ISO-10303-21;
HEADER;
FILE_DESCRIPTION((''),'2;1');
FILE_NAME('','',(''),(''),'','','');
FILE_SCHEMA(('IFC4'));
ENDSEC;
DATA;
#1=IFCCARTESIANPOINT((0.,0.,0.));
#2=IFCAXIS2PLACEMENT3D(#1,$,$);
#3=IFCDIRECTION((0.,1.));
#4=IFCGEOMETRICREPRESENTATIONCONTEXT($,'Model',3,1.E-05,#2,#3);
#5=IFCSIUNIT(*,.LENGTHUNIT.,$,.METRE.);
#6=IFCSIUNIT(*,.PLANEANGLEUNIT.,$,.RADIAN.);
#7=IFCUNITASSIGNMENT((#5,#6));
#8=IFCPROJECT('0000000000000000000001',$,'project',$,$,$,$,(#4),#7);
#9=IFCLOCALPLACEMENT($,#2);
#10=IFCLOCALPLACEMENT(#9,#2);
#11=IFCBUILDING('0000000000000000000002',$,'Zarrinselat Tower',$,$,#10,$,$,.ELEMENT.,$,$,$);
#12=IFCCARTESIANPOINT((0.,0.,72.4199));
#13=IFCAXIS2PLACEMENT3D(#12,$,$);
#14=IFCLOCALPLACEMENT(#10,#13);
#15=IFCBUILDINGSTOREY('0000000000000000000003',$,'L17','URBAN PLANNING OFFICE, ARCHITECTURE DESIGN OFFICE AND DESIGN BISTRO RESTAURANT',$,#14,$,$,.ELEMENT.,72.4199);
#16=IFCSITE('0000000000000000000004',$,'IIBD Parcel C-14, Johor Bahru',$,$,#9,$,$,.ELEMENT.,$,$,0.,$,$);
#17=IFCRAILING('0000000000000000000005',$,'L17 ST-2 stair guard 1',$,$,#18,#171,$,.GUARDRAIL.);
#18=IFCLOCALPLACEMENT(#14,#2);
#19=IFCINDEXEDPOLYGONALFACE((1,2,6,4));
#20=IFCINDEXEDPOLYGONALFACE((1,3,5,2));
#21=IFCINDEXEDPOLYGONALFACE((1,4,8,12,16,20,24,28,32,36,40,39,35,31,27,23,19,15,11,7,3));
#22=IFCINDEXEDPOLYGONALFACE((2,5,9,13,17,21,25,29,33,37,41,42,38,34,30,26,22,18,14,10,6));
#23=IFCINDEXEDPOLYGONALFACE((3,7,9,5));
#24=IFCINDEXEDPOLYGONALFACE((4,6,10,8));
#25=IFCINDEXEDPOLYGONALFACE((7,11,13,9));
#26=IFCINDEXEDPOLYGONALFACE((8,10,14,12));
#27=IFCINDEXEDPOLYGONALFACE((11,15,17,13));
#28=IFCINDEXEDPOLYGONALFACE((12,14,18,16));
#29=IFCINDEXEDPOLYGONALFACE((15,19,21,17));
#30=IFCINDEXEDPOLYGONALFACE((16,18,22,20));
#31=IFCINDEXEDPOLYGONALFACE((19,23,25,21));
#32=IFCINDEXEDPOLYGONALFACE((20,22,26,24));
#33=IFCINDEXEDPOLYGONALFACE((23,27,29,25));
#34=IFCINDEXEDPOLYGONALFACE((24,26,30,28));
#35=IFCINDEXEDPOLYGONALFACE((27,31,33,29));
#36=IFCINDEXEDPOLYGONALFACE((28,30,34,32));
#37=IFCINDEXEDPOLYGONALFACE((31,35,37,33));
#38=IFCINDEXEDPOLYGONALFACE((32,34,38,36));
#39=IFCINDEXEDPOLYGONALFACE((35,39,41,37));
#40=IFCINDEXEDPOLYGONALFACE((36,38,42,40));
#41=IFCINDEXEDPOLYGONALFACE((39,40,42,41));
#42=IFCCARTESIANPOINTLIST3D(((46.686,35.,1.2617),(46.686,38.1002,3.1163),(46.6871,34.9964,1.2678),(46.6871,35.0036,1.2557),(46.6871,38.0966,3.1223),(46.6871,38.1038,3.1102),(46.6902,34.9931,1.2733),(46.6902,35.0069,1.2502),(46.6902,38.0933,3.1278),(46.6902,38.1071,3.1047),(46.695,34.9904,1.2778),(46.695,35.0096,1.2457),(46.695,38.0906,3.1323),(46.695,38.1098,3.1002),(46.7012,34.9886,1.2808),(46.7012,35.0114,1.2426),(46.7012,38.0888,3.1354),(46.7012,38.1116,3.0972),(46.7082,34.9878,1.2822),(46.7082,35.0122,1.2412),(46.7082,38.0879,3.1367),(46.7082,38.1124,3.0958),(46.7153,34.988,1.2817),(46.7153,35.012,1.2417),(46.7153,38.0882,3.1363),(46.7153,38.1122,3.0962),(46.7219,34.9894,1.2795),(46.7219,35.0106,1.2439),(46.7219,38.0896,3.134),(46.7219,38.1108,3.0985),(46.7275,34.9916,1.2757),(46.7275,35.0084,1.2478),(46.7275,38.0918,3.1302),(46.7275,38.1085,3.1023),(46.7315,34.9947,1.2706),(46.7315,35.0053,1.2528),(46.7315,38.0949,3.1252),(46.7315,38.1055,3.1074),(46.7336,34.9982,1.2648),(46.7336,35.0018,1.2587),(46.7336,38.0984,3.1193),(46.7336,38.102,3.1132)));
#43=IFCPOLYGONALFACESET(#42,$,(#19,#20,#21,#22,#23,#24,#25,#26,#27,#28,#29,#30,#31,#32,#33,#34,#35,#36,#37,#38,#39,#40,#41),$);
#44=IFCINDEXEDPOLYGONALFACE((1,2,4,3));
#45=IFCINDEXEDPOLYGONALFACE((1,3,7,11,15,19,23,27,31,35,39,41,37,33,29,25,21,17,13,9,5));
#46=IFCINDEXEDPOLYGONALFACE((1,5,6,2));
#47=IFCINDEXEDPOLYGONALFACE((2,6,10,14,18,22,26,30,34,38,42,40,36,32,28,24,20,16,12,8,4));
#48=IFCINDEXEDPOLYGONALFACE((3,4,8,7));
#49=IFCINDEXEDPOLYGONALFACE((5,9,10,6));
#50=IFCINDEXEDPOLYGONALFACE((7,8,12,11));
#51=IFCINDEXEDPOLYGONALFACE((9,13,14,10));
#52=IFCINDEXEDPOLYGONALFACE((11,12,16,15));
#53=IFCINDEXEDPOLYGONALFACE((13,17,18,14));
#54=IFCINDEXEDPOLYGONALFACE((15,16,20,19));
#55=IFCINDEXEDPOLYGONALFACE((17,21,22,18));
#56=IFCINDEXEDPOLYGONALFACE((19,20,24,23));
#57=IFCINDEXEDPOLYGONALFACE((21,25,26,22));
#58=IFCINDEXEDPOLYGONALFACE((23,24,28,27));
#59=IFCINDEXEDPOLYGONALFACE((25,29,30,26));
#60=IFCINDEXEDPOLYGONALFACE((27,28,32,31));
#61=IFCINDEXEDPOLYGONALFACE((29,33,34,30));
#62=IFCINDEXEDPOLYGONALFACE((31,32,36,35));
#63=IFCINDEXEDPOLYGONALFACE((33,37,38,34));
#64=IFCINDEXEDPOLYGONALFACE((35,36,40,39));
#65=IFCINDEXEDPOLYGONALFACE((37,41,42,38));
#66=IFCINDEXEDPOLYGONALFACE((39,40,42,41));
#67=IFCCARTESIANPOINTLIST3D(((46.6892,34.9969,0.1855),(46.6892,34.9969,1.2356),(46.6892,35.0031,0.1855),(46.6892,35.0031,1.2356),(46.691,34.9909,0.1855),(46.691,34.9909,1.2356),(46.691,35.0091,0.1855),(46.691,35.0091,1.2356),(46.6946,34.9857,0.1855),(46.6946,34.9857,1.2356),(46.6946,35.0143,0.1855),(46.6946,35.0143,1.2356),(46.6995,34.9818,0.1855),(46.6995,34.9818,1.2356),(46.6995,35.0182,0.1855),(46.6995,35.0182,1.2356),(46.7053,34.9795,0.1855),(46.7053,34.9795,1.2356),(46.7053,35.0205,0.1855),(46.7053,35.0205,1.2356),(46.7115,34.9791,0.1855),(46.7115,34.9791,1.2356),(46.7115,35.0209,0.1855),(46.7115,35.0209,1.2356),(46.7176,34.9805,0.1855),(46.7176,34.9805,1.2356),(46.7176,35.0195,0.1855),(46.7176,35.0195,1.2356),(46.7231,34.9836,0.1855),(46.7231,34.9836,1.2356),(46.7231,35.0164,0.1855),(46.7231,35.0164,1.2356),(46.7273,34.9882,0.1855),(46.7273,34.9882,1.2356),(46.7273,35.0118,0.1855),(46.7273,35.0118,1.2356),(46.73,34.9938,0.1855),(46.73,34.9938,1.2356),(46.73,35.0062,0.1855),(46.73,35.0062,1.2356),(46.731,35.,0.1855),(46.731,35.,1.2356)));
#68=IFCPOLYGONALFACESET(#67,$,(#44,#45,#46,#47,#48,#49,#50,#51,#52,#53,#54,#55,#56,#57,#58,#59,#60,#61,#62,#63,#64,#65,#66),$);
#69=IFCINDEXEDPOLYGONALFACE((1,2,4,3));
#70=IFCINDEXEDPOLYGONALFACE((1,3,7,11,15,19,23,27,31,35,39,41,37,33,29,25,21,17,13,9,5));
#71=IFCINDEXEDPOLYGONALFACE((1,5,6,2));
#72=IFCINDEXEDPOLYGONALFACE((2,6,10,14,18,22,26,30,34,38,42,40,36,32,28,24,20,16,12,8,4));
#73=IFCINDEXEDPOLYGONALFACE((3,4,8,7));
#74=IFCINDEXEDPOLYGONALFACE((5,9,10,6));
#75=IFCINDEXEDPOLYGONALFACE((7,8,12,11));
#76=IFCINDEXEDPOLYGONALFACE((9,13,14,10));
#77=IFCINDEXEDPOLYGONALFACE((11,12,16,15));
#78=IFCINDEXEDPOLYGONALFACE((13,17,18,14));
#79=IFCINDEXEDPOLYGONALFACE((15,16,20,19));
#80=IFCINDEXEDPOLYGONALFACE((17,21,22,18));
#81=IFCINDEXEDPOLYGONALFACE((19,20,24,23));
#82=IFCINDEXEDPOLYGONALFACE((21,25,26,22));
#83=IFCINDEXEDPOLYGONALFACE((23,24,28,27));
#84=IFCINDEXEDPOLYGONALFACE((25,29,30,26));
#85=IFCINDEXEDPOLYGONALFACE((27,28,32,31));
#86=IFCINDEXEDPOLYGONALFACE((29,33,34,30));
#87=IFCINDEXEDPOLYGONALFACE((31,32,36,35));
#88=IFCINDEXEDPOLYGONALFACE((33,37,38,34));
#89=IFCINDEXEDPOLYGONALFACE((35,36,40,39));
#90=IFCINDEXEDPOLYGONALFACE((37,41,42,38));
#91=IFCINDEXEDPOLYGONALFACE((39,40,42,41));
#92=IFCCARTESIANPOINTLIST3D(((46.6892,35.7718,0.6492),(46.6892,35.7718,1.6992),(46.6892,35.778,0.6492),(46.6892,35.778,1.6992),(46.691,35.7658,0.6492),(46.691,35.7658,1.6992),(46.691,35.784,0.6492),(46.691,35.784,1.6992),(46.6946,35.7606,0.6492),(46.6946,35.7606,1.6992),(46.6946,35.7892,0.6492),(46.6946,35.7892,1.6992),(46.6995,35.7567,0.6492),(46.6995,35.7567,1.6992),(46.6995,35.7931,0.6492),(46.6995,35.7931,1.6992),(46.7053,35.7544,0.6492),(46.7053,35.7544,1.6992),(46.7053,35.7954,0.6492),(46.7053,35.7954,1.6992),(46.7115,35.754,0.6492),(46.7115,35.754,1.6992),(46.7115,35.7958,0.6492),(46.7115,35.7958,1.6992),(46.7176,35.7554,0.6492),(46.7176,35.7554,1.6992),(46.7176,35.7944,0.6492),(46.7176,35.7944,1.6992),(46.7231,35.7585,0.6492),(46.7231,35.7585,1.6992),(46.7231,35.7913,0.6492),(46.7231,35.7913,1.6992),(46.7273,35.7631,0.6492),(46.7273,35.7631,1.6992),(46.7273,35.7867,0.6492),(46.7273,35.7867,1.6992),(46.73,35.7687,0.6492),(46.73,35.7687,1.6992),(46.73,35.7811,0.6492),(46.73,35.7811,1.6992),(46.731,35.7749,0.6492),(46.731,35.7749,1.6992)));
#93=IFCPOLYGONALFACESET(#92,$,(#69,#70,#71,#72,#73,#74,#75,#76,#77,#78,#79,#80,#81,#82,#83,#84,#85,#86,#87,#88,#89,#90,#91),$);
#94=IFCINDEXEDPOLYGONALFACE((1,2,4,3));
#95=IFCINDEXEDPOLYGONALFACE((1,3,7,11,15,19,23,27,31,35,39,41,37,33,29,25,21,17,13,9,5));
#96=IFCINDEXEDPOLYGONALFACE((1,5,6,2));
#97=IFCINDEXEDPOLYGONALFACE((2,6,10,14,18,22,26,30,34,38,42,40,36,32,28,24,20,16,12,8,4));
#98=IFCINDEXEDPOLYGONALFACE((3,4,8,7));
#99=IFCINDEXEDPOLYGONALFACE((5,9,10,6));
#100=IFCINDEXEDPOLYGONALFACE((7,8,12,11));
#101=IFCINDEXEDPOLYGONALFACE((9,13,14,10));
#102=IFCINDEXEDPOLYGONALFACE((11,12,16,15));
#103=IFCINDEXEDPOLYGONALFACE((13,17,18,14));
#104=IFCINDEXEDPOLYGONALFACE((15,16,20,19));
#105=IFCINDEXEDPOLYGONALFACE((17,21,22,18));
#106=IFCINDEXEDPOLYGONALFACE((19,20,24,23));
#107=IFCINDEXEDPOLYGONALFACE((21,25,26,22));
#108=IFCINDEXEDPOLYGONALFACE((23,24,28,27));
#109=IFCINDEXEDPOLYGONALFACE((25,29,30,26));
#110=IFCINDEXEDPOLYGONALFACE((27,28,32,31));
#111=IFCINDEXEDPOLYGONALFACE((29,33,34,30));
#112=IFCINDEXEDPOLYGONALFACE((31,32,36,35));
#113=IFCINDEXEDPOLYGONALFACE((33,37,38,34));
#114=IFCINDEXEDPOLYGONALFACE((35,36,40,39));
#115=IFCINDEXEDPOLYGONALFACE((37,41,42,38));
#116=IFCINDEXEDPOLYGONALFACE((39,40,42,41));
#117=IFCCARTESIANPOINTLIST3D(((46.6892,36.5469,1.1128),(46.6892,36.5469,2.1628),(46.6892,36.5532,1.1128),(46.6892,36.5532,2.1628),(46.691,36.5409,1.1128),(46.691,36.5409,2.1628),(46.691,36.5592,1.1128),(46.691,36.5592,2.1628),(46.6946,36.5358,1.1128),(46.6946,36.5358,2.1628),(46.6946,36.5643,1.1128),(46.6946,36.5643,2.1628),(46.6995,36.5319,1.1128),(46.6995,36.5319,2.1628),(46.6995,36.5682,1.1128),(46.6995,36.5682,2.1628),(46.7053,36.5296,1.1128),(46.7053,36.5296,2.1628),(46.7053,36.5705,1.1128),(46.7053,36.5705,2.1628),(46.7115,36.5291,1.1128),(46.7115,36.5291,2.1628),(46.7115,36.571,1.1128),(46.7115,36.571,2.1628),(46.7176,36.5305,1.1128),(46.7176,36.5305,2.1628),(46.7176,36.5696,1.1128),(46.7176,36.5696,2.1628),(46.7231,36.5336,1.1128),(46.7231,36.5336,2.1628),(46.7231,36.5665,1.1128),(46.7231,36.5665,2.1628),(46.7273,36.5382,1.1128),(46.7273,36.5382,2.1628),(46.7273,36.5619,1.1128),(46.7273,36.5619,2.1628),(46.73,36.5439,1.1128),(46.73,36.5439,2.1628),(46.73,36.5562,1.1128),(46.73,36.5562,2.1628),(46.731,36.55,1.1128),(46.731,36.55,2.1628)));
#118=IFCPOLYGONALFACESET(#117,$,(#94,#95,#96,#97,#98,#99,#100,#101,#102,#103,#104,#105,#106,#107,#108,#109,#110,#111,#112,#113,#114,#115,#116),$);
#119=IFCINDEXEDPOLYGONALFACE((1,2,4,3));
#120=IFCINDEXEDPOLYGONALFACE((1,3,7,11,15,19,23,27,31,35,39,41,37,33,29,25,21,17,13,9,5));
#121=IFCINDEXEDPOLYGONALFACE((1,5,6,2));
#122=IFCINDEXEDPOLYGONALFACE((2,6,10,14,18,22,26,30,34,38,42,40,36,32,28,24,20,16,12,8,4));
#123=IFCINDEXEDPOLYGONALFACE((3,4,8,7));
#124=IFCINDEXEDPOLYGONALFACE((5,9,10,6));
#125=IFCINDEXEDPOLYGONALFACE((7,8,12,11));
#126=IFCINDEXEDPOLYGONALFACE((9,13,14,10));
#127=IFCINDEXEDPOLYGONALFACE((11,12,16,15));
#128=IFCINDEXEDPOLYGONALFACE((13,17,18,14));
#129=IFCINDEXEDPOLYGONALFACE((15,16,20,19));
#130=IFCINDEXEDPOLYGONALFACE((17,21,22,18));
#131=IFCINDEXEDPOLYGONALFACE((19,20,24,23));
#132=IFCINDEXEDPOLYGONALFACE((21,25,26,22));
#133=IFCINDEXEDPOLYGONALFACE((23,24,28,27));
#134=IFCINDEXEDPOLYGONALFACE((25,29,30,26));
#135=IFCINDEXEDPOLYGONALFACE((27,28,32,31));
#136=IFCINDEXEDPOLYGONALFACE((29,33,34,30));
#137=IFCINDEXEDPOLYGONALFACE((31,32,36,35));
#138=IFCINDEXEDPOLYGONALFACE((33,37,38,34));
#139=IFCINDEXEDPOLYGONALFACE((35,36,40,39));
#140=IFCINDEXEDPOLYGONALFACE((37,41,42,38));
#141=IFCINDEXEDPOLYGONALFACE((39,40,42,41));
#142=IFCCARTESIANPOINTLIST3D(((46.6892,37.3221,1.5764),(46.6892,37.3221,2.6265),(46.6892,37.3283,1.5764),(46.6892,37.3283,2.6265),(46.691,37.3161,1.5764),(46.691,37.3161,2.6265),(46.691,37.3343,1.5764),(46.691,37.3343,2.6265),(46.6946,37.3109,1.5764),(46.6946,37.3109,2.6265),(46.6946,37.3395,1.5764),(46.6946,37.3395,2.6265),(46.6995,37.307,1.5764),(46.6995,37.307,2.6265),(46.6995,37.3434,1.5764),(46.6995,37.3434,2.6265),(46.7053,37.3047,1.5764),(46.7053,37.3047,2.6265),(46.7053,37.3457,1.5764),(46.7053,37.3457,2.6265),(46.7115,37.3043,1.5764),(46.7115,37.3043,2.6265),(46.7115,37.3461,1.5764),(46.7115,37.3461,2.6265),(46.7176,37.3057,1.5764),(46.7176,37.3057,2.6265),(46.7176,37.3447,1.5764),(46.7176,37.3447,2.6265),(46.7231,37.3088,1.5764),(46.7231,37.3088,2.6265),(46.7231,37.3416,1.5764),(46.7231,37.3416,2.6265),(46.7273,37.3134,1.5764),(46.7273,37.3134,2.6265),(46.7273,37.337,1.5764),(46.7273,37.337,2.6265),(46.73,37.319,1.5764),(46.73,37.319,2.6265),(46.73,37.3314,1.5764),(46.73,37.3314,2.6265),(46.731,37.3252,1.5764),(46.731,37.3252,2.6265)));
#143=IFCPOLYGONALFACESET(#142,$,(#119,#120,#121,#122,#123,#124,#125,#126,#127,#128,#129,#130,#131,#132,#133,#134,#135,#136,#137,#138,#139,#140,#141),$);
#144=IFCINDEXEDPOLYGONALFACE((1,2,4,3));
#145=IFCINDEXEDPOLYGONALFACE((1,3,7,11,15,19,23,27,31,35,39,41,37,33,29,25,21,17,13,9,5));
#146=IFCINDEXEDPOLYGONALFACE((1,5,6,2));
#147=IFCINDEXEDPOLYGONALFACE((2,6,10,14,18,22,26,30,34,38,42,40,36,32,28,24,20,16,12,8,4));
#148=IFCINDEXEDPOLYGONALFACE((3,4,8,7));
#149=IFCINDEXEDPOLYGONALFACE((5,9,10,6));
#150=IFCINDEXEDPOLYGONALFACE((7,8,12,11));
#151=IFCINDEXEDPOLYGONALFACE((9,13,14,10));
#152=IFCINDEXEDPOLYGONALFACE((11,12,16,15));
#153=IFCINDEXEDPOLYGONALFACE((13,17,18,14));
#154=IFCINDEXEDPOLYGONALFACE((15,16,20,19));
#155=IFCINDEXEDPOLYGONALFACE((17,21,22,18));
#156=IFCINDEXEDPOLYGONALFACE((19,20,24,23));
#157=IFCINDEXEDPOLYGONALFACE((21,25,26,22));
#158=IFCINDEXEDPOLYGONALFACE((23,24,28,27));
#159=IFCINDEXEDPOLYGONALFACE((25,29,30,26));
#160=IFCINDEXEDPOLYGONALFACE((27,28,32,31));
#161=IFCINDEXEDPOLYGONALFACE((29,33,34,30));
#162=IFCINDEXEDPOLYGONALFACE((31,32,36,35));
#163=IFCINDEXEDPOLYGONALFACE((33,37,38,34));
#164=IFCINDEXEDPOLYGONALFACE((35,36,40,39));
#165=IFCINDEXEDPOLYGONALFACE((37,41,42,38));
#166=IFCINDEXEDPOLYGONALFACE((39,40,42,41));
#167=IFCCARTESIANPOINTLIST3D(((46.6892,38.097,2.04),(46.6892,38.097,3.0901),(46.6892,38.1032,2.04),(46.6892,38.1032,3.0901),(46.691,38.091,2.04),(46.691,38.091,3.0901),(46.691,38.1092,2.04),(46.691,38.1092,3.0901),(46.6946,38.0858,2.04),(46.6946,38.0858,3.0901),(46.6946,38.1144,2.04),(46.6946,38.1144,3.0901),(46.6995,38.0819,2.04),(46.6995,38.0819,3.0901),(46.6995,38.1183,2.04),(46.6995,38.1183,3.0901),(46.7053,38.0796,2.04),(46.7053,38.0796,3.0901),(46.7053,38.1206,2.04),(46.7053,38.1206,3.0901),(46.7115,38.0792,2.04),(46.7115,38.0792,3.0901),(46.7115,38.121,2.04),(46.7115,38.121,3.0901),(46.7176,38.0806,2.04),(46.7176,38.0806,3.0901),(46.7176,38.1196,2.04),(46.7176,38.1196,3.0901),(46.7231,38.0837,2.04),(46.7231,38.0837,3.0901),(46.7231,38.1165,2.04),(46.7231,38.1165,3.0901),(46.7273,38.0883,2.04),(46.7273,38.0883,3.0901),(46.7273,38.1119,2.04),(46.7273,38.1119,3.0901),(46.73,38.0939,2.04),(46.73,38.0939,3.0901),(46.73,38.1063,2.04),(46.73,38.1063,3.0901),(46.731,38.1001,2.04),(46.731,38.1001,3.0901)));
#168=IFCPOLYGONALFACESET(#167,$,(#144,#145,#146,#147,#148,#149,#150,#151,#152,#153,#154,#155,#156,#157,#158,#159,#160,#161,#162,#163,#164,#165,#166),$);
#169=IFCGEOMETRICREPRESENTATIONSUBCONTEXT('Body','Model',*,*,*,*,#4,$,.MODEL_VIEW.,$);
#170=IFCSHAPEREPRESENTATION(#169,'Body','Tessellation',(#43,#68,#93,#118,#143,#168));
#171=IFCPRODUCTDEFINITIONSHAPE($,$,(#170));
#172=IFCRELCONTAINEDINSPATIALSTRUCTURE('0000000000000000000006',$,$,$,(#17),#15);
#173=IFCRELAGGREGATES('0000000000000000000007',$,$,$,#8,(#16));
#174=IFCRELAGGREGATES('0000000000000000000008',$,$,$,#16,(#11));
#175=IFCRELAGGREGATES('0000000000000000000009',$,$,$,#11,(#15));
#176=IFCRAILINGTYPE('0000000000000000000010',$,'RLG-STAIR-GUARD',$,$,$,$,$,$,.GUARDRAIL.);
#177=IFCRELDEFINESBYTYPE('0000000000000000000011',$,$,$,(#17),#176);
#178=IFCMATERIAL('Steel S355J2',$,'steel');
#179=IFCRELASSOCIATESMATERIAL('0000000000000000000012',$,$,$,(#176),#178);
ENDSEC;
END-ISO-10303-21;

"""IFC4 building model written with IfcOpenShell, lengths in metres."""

from ifc_helpers import new_model, si_unit, direction, frame, origin, origin_2d, place, context, subcontext, project, spatial, circle, extrude, material, type_object, element, save


model = new_model("IFC4")

# Units and contexts
model_context = context("Model", 3, precision=1e-05, world=origin(), true_north=direction((0.0, 1.0)))
body_context = subcontext(model_context, "Body", "Model", "MODEL_VIEW")
ifc_project = project(units=[si_unit("LENGTHUNIT", "METRE"), si_unit("PLANEANGLEUNIT", "RADIAN")], contexts=[model_context])

# Site, building, storey
site_placement = place(None, origin())
site = spatial("IfcSite", under=ifc_project, at=site_placement, Name="IIBD Parcel C-14, Johor Bahru", CompositionType="ELEMENT", RefElevation=0.0)
building_placement = place(site_placement, origin())
building = spatial("IfcBuilding", under=site, at=building_placement, Name="Zarrinselat Tower", CompositionType="ELEMENT")
storey_placement = place(building_placement, frame((0.0, 0.0, 72.4199)))
storey = spatial("IfcBuildingStorey", under=building, at=storey_placement, Name="L17", Description="URBAN PLANNING OFFICE, ARCHITECTURE DESIGN OFFICE AND DESIGN BISTRO RESTAURANT", CompositionType="ELEMENT", Elevation=72.4199)

# Railing
ifc_material_1 = material(Name="Steel S355J2", Category="steel")
railing_type_1 = type_object("IfcRailingType", Name="RLG-STAIR-GUARD", PredefinedType="GUARDRAIL", material=ifc_material_1)
railing_1_placement = place(storey_placement, frame((46.71, 35.0, 0.1855)))
element("IfcRailing", 1, at=railing_1_placement, inside=storey, type_object=railing_type_1, Name="L17 ST-2 stair guard 1", PredefinedType="GUARDRAIL", context=body_context, shape_type="SweptSolid", body=[
    extrude(circle(Radius=0.0239, at=origin_2d()), frame((0.0, 0.0, 1.0762), z_axis=(0.0, 0.858172, 0.513362), x_axis=(-1.0, 0.0, 0.0)), (0.0, 0.0, 1.0), 3.6125),
    extrude(circle(Radius=0.021, at=origin_2d()), origin(), (0.0, 0.0, 1.0), 1.05),
    extrude(circle(Radius=0.021, at=origin_2d()), frame((0.0, 0.7749, 0.4636)), (0.0, 0.0, 1.0), 1.05),
    extrude(circle(Radius=0.021, at=origin_2d()), frame((0.0, 1.55, 0.9272)), (0.0, 0.0, 1.0), 1.05),
    extrude(circle(Radius=0.021, at=origin_2d()), frame((0.0, 2.3252, 1.3909)), (0.0, 0.0, 1.0), 1.05),
    extrude(circle(Radius=0.021, at=origin_2d()), frame((0.0, 3.1001, 1.8545)), (0.0, 0.0, 1.0), 1.05),
])

save(model, "model.ifc")
